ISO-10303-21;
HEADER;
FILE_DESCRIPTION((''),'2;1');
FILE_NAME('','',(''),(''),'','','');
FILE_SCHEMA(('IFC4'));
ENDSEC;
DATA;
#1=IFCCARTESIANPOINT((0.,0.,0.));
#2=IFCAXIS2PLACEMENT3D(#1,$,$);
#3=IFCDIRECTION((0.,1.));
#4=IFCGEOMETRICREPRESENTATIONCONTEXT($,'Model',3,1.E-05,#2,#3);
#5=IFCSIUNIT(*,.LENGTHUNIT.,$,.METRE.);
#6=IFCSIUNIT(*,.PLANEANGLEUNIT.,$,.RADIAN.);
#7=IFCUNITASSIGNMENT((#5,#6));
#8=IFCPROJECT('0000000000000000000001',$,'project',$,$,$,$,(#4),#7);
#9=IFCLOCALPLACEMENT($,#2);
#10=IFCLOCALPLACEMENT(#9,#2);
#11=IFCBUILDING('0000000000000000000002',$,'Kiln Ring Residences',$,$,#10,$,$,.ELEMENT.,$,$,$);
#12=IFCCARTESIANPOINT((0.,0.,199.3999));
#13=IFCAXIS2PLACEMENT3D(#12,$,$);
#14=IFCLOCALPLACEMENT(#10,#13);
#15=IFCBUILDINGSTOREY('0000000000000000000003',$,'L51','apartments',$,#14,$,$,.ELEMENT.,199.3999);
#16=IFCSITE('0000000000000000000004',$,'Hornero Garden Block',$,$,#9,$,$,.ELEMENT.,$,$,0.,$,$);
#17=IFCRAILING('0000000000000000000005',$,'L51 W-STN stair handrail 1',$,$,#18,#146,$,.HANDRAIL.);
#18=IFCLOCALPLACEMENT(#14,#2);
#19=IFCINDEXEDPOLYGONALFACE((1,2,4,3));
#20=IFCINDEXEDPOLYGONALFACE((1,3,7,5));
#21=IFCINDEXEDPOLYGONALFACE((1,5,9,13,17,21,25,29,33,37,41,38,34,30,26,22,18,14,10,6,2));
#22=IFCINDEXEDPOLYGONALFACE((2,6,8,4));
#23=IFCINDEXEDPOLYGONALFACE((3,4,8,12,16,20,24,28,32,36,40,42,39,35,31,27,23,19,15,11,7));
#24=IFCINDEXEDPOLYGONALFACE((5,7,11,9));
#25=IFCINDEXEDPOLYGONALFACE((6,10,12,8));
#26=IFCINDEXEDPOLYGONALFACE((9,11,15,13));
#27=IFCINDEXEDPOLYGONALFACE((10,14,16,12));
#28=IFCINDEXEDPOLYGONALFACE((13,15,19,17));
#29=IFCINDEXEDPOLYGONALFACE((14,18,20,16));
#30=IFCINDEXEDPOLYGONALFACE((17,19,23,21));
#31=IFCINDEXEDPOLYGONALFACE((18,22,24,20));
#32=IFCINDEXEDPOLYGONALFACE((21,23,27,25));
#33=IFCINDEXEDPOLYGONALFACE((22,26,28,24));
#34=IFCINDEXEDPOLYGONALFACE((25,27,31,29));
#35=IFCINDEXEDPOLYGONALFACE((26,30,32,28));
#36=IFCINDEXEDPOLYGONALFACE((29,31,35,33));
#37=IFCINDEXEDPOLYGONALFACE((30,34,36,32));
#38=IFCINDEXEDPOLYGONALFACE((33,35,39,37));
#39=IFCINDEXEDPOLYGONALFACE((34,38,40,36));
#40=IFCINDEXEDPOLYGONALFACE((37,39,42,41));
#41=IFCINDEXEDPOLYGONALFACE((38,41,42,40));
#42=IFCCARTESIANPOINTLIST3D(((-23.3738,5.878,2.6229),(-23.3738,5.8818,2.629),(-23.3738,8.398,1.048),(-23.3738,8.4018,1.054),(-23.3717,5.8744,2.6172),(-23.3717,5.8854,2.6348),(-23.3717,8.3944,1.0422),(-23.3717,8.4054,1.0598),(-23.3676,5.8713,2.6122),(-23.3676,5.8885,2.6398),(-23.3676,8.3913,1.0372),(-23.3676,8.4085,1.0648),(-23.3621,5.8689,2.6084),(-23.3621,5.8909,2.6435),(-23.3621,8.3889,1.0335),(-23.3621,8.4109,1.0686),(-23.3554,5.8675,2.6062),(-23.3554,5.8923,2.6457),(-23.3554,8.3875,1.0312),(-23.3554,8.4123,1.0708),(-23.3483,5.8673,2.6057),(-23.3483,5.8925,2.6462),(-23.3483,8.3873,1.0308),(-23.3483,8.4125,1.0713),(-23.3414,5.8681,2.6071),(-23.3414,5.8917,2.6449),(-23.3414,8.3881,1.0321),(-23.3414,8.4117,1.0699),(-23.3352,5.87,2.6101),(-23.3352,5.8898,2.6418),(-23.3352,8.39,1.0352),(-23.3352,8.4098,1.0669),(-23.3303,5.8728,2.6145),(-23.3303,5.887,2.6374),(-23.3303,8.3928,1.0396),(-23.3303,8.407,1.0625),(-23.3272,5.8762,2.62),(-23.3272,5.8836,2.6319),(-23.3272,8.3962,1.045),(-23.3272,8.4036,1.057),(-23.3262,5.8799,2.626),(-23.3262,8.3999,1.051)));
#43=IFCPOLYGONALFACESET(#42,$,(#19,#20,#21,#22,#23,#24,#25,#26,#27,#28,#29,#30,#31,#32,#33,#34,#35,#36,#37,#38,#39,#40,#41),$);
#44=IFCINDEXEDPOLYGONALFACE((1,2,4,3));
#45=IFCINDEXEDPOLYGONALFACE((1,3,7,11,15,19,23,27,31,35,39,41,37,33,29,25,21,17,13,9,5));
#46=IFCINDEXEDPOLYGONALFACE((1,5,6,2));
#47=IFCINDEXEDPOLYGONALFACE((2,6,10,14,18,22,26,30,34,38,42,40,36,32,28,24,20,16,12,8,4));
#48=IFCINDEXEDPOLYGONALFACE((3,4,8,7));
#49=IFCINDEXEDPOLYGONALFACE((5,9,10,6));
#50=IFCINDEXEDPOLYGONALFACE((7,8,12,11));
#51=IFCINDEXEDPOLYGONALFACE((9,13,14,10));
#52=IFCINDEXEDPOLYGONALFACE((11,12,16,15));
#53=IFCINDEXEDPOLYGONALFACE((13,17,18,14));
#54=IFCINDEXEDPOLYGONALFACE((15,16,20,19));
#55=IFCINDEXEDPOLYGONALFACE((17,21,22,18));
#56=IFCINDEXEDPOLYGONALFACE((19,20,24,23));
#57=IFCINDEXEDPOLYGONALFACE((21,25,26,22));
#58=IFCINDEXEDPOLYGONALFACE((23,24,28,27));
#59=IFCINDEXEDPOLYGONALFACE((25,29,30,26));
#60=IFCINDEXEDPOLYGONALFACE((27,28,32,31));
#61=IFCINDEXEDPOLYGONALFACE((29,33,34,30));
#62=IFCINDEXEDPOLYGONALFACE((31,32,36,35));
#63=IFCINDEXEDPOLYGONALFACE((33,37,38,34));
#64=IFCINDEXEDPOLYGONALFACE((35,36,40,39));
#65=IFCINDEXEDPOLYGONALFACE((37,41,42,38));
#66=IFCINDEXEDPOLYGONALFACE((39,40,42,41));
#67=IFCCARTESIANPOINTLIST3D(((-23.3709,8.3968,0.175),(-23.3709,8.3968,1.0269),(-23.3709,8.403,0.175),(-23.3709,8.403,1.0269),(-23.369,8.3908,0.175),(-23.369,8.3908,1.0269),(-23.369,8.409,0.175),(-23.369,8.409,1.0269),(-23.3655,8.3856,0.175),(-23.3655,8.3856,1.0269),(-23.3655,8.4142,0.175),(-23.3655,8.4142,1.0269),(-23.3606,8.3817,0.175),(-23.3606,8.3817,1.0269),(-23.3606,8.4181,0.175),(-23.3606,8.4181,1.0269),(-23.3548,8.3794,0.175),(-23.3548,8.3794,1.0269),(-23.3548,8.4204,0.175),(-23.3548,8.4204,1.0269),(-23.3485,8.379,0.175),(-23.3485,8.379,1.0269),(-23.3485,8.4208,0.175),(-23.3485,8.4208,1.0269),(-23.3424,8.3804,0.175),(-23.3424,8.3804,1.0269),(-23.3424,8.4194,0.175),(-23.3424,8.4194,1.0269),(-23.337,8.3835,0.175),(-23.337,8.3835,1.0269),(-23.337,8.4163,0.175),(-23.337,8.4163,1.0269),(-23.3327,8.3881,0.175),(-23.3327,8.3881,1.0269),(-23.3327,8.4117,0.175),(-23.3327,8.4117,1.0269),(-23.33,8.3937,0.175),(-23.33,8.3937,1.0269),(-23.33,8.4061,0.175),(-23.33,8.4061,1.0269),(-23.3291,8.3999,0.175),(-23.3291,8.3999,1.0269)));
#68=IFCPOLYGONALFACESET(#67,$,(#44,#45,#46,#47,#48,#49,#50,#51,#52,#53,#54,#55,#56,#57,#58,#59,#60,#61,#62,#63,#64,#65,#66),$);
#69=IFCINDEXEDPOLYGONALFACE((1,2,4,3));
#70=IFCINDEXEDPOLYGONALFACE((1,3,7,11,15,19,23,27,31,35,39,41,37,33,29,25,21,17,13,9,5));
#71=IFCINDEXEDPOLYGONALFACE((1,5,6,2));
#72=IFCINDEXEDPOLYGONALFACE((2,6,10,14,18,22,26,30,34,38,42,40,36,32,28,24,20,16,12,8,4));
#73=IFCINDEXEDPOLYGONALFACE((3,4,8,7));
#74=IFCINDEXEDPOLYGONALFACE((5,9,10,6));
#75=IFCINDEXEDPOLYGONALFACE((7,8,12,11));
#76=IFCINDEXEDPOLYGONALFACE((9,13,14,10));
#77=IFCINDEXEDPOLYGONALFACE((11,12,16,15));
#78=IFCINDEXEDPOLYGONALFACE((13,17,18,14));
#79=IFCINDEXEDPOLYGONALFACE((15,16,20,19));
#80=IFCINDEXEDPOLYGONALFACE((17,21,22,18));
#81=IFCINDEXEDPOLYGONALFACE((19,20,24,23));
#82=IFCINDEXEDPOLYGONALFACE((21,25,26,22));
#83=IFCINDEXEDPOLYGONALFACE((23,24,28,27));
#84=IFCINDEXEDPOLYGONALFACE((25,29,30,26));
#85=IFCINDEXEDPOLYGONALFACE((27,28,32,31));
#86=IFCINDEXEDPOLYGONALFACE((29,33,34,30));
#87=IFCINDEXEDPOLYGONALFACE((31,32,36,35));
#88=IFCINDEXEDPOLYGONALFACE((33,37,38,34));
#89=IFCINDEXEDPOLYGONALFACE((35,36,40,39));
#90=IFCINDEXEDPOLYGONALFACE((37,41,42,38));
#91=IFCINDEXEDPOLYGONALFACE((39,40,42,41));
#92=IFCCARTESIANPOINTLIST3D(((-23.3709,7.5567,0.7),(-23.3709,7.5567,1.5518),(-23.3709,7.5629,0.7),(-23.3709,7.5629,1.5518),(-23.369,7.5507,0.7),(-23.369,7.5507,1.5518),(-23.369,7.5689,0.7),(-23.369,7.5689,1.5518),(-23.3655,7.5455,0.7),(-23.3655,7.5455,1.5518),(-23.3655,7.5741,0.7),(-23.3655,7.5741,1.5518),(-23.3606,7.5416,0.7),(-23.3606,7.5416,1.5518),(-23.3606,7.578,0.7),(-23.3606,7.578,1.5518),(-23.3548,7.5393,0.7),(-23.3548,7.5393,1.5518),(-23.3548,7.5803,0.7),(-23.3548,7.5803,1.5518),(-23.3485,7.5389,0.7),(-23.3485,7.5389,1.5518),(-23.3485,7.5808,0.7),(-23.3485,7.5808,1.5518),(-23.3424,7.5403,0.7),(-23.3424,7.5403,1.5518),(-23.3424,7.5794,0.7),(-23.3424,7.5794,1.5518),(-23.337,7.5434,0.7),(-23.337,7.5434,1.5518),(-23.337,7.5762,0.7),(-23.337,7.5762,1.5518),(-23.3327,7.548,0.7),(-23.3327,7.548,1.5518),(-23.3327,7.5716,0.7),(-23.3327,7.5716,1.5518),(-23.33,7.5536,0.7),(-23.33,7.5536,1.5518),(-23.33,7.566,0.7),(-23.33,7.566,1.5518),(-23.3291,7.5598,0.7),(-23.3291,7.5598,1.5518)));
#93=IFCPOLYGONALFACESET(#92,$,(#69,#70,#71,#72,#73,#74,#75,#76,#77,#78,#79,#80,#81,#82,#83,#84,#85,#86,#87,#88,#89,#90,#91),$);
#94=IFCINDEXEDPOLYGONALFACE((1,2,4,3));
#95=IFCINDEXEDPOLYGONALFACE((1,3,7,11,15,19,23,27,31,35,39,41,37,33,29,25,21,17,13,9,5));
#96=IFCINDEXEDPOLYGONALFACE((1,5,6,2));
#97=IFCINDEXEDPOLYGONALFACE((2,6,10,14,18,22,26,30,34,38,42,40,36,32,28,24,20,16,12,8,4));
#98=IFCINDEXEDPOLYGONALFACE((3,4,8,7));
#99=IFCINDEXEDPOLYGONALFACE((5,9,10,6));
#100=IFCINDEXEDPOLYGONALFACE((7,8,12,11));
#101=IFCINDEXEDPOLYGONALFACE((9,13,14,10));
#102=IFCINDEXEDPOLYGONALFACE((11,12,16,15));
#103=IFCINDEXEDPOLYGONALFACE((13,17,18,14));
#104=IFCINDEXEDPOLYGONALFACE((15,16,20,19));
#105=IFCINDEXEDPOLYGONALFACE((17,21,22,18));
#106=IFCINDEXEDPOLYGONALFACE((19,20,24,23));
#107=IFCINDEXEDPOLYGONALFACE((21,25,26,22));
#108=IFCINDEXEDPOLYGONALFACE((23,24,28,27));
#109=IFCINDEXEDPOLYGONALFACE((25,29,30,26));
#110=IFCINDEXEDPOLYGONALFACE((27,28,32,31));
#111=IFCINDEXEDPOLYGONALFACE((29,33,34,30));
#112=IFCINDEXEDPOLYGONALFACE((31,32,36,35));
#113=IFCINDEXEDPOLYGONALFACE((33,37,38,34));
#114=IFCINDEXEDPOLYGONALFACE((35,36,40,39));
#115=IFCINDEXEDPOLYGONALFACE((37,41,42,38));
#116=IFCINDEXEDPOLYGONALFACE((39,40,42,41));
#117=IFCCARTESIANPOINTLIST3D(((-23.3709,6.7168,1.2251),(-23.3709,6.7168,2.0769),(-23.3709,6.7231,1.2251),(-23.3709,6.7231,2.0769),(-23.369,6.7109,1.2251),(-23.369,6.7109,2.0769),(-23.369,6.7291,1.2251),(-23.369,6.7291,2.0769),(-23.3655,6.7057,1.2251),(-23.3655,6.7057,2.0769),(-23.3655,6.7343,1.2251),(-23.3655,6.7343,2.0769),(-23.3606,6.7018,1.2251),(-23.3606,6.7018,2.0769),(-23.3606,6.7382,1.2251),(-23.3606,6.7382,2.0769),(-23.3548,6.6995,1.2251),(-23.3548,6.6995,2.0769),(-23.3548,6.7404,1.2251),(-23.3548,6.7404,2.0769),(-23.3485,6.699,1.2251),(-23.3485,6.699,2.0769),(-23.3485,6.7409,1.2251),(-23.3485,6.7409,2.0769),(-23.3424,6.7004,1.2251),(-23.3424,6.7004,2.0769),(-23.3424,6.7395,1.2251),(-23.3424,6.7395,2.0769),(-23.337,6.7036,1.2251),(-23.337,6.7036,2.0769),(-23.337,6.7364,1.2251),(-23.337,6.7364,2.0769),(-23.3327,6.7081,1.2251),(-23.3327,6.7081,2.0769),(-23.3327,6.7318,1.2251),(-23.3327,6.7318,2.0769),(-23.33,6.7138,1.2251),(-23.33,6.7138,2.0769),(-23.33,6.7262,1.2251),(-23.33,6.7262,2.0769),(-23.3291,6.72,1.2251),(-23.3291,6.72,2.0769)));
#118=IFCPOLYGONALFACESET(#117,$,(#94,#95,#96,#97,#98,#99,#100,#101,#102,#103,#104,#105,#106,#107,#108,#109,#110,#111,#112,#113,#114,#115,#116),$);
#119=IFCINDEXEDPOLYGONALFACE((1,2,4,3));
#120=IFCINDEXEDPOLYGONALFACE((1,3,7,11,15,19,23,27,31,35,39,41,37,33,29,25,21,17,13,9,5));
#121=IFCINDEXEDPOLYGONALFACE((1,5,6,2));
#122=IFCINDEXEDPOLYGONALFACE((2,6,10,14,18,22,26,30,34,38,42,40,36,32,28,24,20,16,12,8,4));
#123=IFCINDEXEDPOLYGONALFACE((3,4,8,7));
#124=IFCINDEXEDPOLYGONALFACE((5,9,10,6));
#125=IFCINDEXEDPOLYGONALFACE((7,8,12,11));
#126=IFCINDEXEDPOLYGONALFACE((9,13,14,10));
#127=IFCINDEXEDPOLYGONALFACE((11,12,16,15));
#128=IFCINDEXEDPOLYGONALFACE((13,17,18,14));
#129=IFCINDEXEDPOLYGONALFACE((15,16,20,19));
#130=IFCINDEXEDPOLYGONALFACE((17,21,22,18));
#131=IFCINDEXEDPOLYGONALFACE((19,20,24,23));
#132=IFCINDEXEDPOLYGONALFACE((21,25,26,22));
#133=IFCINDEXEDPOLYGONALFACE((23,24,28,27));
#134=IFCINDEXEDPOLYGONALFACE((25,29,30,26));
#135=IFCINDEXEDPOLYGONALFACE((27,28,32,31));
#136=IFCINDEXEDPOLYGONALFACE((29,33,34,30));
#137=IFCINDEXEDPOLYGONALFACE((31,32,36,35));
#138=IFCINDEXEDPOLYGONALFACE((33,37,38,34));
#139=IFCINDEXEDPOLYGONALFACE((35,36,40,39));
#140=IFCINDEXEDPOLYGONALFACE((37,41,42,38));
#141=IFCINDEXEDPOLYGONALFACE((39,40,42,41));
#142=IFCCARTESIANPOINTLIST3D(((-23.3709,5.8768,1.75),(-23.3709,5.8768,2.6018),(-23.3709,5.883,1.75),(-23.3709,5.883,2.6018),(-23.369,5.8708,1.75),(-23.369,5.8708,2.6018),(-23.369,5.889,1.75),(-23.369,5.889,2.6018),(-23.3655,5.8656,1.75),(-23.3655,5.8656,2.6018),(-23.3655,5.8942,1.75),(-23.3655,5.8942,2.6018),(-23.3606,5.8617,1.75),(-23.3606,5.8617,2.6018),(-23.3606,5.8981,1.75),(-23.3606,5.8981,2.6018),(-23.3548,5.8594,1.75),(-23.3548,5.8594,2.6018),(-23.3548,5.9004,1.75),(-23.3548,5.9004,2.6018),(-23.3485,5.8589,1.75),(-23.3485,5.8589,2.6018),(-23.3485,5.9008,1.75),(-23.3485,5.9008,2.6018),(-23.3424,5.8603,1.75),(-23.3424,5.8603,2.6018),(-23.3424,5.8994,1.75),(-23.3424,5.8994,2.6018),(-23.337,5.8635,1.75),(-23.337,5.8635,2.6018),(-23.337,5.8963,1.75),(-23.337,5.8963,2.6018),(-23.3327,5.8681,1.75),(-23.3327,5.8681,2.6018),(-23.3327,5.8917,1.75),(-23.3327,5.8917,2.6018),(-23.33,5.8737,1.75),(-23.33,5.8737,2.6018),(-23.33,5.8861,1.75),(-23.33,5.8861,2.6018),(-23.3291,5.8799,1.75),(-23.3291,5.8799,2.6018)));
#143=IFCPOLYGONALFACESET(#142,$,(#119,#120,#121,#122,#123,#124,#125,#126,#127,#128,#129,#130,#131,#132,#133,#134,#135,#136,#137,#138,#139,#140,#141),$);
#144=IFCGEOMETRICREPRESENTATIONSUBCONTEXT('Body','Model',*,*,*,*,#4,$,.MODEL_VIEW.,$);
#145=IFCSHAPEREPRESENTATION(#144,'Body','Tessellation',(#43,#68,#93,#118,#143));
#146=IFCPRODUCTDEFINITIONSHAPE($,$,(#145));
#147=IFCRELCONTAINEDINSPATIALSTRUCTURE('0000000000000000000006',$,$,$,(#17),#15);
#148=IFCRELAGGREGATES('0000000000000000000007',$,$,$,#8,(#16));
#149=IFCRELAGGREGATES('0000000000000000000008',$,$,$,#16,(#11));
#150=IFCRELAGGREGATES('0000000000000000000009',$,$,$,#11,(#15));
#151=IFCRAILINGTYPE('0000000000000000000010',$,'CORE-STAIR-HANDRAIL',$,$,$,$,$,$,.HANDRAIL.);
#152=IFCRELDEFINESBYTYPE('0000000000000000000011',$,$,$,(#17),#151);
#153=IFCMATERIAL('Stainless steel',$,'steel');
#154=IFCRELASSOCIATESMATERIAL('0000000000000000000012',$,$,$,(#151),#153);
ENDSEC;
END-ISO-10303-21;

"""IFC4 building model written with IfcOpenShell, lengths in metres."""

from ifc_helpers import new_model, si_unit, direction, frame, origin, origin_2d, place, context, subcontext, project, spatial, circle, extrude, material, type_object, element, save


model = new_model("IFC4")

# Units and contexts
model_context = context("Model", 3, precision=1e-05, world=origin(), true_north=direction((0.0, 1.0)))
body_context = subcontext(model_context, "Body", "Model", "MODEL_VIEW")
ifc_project = project(units=[si_unit("LENGTHUNIT", "METRE"), si_unit("PLANEANGLEUNIT", "RADIAN")], contexts=[model_context])

# Site, building, storey
site_placement = place(None, origin())
site = spatial("IfcSite", under=ifc_project, at=site_placement, Name="Hornero Garden Block", CompositionType="ELEMENT", RefElevation=0.0)
building_placement = place(site_placement, origin())
building = spatial("IfcBuilding", under=site, at=building_placement, Name="Kiln Ring Residences", CompositionType="ELEMENT")
storey_placement = place(building_placement, frame((0.0, 0.0, 199.3999)))
storey = spatial("IfcBuildingStorey", under=building, at=storey_placement, Name="L51", Description="apartments", CompositionType="ELEMENT", Elevation=199.3999)

# Railing
ifc_material_1 = material(Name="Stainless steel", Category="steel")
railing_type_1 = type_object("IfcRailingType", Name="CORE-STAIR-HANDRAIL", PredefinedType="HANDRAIL", material=ifc_material_1)
railing_1_placement = place(storey_placement, frame((-23.3501, 8.3999, 0.175)))
element("IfcRailing", 1, at=railing_1_placement, inside=storey, type_object=railing_type_1, Name="L51 W-STN stair handrail 1", PredefinedType="HANDRAIL", context=body_context, shape_type="SweptSolid", body=[
    extrude(circle(Radius=0.0239, at=origin_2d()), frame((0.0, 0.0, 0.876), z_axis=(0.0, -0.848008, 0.529984), x_axis=(1.0, 0.0, 0.0)), (0.0, 0.0, 1.0), 2.9717),
    extrude(circle(Radius=0.021, at=origin_2d()), origin(), (0.0, 0.0, 1.0), 0.8518),
    extrude(circle(Radius=0.021, at=origin_2d()), frame((0.0, -0.8401, 0.5249)), (0.0, 0.0, 1.0), 0.8518),
    extrude(circle(Radius=0.021, at=origin_2d()), frame((0.0, -1.6799, 1.05)), (0.0, 0.0, 1.0), 0.8518),
    extrude(circle(Radius=0.021, at=origin_2d()), frame((0.0, -2.52, 1.575)), (0.0, 0.0, 1.0), 0.8518),
])

save(model, "model.ifc")
